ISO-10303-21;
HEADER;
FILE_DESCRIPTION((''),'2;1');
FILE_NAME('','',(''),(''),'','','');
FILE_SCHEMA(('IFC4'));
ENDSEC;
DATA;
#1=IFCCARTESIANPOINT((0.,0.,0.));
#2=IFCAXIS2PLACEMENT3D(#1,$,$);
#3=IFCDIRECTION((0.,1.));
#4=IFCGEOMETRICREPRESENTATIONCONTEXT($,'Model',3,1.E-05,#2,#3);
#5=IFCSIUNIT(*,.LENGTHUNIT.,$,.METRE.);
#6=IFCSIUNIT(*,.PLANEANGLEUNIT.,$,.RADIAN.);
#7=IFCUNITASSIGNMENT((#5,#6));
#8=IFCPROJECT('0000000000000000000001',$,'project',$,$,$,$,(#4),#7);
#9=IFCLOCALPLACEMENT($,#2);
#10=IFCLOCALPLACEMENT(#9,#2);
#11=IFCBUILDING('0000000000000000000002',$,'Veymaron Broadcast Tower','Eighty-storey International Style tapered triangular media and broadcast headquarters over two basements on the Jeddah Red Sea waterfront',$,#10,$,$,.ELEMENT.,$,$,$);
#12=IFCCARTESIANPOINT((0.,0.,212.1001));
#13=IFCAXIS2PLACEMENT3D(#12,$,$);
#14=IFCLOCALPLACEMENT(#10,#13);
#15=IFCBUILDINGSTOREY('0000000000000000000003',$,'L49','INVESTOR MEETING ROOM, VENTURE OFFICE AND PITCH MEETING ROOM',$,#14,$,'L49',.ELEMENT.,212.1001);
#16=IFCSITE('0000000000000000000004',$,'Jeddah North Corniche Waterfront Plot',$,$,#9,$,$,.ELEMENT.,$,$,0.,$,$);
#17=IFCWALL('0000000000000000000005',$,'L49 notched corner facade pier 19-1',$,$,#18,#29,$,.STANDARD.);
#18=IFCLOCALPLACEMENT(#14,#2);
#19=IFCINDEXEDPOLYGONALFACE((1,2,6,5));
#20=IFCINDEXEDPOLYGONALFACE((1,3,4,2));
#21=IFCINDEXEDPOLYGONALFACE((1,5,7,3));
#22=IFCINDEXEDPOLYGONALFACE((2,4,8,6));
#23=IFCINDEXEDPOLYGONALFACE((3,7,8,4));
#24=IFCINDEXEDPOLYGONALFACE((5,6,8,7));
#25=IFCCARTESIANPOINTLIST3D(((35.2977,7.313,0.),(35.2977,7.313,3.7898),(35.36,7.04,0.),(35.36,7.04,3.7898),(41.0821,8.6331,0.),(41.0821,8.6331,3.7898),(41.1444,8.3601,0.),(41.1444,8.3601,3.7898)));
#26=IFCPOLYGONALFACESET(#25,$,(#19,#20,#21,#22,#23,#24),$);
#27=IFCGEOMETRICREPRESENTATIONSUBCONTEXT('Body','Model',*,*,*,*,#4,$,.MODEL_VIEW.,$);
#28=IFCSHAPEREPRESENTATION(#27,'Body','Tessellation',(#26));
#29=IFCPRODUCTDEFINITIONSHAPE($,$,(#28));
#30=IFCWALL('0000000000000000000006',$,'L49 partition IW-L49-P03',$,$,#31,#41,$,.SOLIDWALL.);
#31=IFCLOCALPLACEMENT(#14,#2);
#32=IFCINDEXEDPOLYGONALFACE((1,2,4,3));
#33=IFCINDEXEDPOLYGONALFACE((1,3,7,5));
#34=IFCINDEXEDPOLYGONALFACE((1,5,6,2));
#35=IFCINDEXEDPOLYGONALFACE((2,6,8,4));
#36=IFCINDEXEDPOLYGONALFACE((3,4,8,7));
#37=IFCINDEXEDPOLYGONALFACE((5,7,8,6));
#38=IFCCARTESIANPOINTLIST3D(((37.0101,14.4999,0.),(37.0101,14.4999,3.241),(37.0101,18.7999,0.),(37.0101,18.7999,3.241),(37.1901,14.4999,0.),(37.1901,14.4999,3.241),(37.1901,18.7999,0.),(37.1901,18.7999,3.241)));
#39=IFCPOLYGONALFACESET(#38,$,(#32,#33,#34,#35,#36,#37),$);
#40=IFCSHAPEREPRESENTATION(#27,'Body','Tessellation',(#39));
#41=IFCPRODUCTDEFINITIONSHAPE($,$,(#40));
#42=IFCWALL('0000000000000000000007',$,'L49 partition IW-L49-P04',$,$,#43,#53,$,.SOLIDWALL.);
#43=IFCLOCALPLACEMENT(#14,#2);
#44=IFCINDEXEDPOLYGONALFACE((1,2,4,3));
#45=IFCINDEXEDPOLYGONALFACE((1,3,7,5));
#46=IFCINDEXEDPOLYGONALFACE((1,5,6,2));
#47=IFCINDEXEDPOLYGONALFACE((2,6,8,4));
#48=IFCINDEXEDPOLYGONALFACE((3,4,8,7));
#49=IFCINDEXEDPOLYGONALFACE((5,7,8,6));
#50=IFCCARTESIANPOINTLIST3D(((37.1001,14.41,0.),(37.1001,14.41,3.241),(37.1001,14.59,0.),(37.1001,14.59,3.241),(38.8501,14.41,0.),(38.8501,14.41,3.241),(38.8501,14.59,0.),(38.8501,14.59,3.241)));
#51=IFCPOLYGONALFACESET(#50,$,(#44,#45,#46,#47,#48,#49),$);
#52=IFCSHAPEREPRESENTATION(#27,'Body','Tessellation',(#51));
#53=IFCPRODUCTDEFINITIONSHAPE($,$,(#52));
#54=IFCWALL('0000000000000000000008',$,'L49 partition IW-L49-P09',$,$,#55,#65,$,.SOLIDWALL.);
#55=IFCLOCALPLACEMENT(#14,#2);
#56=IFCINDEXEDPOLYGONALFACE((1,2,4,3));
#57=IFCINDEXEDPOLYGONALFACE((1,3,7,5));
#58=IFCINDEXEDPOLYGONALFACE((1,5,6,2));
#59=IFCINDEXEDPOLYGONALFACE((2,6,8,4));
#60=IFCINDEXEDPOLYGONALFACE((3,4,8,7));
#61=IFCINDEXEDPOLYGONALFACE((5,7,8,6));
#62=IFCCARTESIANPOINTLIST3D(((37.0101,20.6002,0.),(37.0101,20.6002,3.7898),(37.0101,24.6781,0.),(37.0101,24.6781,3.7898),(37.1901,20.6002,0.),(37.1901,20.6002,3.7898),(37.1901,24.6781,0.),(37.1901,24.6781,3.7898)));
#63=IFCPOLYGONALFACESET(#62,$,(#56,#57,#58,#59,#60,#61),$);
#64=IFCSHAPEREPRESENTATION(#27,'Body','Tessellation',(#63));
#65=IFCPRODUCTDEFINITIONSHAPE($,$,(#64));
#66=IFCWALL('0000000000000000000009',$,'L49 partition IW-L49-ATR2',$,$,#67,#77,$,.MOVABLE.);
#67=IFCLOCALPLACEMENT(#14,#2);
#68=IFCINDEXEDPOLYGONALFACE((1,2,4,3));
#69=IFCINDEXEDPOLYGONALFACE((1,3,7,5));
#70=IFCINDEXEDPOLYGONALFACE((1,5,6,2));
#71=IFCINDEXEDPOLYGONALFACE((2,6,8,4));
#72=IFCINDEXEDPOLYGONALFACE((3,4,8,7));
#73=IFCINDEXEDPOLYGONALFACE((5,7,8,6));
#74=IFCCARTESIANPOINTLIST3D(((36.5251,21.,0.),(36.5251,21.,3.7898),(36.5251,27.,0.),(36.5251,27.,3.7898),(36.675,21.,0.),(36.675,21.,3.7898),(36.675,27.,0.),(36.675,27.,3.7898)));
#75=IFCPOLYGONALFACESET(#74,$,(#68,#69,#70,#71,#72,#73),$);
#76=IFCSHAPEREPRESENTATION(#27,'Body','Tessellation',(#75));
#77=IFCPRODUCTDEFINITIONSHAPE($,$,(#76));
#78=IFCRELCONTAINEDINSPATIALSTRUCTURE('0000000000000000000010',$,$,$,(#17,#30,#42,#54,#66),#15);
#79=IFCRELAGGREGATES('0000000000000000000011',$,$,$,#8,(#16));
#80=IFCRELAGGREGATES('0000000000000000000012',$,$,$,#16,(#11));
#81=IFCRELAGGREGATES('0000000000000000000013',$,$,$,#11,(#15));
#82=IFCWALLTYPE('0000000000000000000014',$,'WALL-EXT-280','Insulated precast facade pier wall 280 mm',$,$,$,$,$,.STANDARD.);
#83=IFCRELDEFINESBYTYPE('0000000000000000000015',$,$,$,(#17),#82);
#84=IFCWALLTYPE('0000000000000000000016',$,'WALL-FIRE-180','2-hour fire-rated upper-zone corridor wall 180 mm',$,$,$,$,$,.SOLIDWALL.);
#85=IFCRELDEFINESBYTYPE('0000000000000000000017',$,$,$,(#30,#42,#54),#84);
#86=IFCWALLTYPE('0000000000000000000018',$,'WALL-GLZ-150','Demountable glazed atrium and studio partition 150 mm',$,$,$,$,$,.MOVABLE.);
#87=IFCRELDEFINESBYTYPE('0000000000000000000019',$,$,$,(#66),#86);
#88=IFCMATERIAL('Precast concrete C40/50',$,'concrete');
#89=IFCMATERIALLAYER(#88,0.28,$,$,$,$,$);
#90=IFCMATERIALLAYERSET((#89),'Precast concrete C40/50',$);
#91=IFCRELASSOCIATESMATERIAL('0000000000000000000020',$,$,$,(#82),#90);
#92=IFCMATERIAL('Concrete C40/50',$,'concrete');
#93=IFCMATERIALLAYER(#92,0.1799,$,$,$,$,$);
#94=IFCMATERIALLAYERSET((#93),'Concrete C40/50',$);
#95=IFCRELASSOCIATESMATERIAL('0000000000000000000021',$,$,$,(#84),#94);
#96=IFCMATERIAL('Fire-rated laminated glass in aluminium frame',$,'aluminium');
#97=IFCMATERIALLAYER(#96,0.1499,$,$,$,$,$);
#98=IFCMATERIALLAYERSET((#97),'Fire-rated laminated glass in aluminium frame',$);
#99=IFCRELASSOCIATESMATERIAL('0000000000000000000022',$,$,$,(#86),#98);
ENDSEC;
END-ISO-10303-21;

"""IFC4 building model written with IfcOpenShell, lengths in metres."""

from ifc_helpers import new_model, si_unit, direction, frame, frame_2d, origin, place, context, subcontext, project, spatial, rectangle, extrude, material, layer, layer_set, type_object, element, save


model = new_model("IFC4")

# Units and contexts
model_context = context("Model", 3, precision=1e-05, world=origin(), true_north=direction((0.0, 1.0)))
body_context = subcontext(model_context, "Body", "Model", "MODEL_VIEW")
ifc_project = project(units=[si_unit("LENGTHUNIT", "METRE"), si_unit("PLANEANGLEUNIT", "RADIAN")], contexts=[model_context])

# Site, building, storey
site_placement = place(None, origin())
site = spatial("IfcSite", under=ifc_project, at=site_placement, Name="Jeddah North Corniche Waterfront Plot", CompositionType="ELEMENT", RefElevation=0.0)
building_placement = place(site_placement, origin())
building = spatial("IfcBuilding", under=site, at=building_placement, Name="Veymaron Broadcast Tower", Description="Eighty-storey International Style tapered triangular media and broadcast headquarters over two basements on the Jeddah Red Sea waterfront", CompositionType="ELEMENT")
storey_placement = place(building_placement, frame((0.0, 0.0, 212.1001)))
storey = spatial("IfcBuildingStorey", under=building, at=storey_placement, Name="L49", Description="INVESTOR MEETING ROOM, VENTURE OFFICE AND PITCH MEETING ROOM", LongName="L49", CompositionType="ELEMENT", Elevation=212.1001)

# Walls
ifc_material_1 = material(Name="Precast concrete C40/50", Category="concrete")
ifc_layer_1 = layer(ifc_material_1, 0.28)
ifc_layer_set_1 = layer_set([ifc_layer_1], Name="Precast concrete C40/50")
wall_type_1 = type_object("IfcWallType", Name="WALL-EXT-280", Description="Insulated precast facade pier wall 280 mm", PredefinedType="STANDARD", material=ifc_layer_set_1)
wall_1_placement = place(storey_placement, frame((35.3289, 7.1765, 0.0), z_axis=(0.0, 0.0, 1.0), x_axis=(0.974935, 0.222491, 0.0)))
element("IfcWall", 1, at=wall_1_placement, inside=storey, type_object=wall_type_1, Name="L49 notched corner facade pier 19-1", PredefinedType="STANDARD", context=body_context, shape_type="SweptSolid", body=[
    extrude(rectangle(XDim=5.9331, YDim=0.28, at=frame_2d((2.9666, 0.0))), origin(), (0.0, 0.0, 1.0), 3.7898),
])
ifc_material_2 = material(Name="Concrete C40/50", Category="concrete")
ifc_layer_2 = layer(ifc_material_2, 0.1799)
ifc_layer_set_2 = layer_set([ifc_layer_2], Name="Concrete C40/50")
wall_type_2 = type_object("IfcWallType", Name="WALL-FIRE-180", Description="2-hour fire-rated upper-zone corridor wall 180 mm", PredefinedType="SOLIDWALL", material=ifc_layer_set_2)
wall_2_placement = place(storey_placement, frame((37.1001, 14.5, 0.0), z_axis=(0.0, 0.0, 1.0), x_axis=(0.0, 1.0, 0.0)))
element("IfcWall", 2, at=wall_2_placement, inside=storey, type_object=wall_type_2, Name="L49 partition IW-L49-P03", PredefinedType="SOLIDWALL", context=body_context, shape_type="SweptSolid", body=[
    extrude(rectangle(XDim=4.3, YDim=0.1799, at=frame_2d((2.1499, 0.0))), origin(), (0.0, 0.0, 1.0), 3.241),
])
wall_3_placement = place(storey_placement, frame((37.1001, 14.5, 0.0), z_axis=(0.0, 0.0, 1.0), x_axis=(1.0, 0.0, 0.0)))
element("IfcWall", 3, at=wall_3_placement, inside=storey, type_object=wall_type_2, Name="L49 partition IW-L49-P04", PredefinedType="SOLIDWALL", context=body_context, shape_type="SweptSolid", body=[
    extrude(rectangle(XDim=1.75, YDim=0.1799, at=frame_2d((0.875, 0.0))), origin(), (0.0, 0.0, 1.0), 3.241),
])
wall_4_placement = place(storey_placement, frame((37.1001, 20.6001, 0.0), z_axis=(0.0, 0.0, 1.0), x_axis=(0.0, 1.0, 0.0)))
element("IfcWall", 4, at=wall_4_placement, inside=storey, type_object=wall_type_2, Name="L49 partition IW-L49-P09", PredefinedType="SOLIDWALL", context=body_context, shape_type="SweptSolid", body=[
    extrude(rectangle(XDim=4.0779, YDim=0.1799, at=frame_2d((2.0391, 0.0))), origin(), (0.0, 0.0, 1.0), 3.7898),
])
ifc_material_3 = material(Name="Fire-rated laminated glass in aluminium frame", Category="aluminium")
ifc_layer_3 = layer(ifc_material_3, 0.1499)
ifc_layer_set_3 = layer_set([ifc_layer_3], Name="Fire-rated laminated glass in aluminium frame")
wall_type_3 = type_object("IfcWallType", Name="WALL-GLZ-150", Description="Demountable glazed atrium and studio partition 150 mm", PredefinedType="MOVABLE", material=ifc_layer_set_3)
wall_5_placement = place(storey_placement, frame((36.6001, 21.0, 0.0), z_axis=(0.0, 0.0, 1.0), x_axis=(0.0, 1.0, 0.0)))
element("IfcWall", 5, at=wall_5_placement, inside=storey, type_object=wall_type_3, Name="L49 partition IW-L49-ATR2", PredefinedType="MOVABLE", context=body_context, shape_type="SweptSolid", body=[
    extrude(rectangle(XDim=6.0, YDim=0.1499, at=frame_2d((3.0, 0.0))), origin(), (0.0, 0.0, 1.0), 3.7898),
])

save(model, "model.ifc")
